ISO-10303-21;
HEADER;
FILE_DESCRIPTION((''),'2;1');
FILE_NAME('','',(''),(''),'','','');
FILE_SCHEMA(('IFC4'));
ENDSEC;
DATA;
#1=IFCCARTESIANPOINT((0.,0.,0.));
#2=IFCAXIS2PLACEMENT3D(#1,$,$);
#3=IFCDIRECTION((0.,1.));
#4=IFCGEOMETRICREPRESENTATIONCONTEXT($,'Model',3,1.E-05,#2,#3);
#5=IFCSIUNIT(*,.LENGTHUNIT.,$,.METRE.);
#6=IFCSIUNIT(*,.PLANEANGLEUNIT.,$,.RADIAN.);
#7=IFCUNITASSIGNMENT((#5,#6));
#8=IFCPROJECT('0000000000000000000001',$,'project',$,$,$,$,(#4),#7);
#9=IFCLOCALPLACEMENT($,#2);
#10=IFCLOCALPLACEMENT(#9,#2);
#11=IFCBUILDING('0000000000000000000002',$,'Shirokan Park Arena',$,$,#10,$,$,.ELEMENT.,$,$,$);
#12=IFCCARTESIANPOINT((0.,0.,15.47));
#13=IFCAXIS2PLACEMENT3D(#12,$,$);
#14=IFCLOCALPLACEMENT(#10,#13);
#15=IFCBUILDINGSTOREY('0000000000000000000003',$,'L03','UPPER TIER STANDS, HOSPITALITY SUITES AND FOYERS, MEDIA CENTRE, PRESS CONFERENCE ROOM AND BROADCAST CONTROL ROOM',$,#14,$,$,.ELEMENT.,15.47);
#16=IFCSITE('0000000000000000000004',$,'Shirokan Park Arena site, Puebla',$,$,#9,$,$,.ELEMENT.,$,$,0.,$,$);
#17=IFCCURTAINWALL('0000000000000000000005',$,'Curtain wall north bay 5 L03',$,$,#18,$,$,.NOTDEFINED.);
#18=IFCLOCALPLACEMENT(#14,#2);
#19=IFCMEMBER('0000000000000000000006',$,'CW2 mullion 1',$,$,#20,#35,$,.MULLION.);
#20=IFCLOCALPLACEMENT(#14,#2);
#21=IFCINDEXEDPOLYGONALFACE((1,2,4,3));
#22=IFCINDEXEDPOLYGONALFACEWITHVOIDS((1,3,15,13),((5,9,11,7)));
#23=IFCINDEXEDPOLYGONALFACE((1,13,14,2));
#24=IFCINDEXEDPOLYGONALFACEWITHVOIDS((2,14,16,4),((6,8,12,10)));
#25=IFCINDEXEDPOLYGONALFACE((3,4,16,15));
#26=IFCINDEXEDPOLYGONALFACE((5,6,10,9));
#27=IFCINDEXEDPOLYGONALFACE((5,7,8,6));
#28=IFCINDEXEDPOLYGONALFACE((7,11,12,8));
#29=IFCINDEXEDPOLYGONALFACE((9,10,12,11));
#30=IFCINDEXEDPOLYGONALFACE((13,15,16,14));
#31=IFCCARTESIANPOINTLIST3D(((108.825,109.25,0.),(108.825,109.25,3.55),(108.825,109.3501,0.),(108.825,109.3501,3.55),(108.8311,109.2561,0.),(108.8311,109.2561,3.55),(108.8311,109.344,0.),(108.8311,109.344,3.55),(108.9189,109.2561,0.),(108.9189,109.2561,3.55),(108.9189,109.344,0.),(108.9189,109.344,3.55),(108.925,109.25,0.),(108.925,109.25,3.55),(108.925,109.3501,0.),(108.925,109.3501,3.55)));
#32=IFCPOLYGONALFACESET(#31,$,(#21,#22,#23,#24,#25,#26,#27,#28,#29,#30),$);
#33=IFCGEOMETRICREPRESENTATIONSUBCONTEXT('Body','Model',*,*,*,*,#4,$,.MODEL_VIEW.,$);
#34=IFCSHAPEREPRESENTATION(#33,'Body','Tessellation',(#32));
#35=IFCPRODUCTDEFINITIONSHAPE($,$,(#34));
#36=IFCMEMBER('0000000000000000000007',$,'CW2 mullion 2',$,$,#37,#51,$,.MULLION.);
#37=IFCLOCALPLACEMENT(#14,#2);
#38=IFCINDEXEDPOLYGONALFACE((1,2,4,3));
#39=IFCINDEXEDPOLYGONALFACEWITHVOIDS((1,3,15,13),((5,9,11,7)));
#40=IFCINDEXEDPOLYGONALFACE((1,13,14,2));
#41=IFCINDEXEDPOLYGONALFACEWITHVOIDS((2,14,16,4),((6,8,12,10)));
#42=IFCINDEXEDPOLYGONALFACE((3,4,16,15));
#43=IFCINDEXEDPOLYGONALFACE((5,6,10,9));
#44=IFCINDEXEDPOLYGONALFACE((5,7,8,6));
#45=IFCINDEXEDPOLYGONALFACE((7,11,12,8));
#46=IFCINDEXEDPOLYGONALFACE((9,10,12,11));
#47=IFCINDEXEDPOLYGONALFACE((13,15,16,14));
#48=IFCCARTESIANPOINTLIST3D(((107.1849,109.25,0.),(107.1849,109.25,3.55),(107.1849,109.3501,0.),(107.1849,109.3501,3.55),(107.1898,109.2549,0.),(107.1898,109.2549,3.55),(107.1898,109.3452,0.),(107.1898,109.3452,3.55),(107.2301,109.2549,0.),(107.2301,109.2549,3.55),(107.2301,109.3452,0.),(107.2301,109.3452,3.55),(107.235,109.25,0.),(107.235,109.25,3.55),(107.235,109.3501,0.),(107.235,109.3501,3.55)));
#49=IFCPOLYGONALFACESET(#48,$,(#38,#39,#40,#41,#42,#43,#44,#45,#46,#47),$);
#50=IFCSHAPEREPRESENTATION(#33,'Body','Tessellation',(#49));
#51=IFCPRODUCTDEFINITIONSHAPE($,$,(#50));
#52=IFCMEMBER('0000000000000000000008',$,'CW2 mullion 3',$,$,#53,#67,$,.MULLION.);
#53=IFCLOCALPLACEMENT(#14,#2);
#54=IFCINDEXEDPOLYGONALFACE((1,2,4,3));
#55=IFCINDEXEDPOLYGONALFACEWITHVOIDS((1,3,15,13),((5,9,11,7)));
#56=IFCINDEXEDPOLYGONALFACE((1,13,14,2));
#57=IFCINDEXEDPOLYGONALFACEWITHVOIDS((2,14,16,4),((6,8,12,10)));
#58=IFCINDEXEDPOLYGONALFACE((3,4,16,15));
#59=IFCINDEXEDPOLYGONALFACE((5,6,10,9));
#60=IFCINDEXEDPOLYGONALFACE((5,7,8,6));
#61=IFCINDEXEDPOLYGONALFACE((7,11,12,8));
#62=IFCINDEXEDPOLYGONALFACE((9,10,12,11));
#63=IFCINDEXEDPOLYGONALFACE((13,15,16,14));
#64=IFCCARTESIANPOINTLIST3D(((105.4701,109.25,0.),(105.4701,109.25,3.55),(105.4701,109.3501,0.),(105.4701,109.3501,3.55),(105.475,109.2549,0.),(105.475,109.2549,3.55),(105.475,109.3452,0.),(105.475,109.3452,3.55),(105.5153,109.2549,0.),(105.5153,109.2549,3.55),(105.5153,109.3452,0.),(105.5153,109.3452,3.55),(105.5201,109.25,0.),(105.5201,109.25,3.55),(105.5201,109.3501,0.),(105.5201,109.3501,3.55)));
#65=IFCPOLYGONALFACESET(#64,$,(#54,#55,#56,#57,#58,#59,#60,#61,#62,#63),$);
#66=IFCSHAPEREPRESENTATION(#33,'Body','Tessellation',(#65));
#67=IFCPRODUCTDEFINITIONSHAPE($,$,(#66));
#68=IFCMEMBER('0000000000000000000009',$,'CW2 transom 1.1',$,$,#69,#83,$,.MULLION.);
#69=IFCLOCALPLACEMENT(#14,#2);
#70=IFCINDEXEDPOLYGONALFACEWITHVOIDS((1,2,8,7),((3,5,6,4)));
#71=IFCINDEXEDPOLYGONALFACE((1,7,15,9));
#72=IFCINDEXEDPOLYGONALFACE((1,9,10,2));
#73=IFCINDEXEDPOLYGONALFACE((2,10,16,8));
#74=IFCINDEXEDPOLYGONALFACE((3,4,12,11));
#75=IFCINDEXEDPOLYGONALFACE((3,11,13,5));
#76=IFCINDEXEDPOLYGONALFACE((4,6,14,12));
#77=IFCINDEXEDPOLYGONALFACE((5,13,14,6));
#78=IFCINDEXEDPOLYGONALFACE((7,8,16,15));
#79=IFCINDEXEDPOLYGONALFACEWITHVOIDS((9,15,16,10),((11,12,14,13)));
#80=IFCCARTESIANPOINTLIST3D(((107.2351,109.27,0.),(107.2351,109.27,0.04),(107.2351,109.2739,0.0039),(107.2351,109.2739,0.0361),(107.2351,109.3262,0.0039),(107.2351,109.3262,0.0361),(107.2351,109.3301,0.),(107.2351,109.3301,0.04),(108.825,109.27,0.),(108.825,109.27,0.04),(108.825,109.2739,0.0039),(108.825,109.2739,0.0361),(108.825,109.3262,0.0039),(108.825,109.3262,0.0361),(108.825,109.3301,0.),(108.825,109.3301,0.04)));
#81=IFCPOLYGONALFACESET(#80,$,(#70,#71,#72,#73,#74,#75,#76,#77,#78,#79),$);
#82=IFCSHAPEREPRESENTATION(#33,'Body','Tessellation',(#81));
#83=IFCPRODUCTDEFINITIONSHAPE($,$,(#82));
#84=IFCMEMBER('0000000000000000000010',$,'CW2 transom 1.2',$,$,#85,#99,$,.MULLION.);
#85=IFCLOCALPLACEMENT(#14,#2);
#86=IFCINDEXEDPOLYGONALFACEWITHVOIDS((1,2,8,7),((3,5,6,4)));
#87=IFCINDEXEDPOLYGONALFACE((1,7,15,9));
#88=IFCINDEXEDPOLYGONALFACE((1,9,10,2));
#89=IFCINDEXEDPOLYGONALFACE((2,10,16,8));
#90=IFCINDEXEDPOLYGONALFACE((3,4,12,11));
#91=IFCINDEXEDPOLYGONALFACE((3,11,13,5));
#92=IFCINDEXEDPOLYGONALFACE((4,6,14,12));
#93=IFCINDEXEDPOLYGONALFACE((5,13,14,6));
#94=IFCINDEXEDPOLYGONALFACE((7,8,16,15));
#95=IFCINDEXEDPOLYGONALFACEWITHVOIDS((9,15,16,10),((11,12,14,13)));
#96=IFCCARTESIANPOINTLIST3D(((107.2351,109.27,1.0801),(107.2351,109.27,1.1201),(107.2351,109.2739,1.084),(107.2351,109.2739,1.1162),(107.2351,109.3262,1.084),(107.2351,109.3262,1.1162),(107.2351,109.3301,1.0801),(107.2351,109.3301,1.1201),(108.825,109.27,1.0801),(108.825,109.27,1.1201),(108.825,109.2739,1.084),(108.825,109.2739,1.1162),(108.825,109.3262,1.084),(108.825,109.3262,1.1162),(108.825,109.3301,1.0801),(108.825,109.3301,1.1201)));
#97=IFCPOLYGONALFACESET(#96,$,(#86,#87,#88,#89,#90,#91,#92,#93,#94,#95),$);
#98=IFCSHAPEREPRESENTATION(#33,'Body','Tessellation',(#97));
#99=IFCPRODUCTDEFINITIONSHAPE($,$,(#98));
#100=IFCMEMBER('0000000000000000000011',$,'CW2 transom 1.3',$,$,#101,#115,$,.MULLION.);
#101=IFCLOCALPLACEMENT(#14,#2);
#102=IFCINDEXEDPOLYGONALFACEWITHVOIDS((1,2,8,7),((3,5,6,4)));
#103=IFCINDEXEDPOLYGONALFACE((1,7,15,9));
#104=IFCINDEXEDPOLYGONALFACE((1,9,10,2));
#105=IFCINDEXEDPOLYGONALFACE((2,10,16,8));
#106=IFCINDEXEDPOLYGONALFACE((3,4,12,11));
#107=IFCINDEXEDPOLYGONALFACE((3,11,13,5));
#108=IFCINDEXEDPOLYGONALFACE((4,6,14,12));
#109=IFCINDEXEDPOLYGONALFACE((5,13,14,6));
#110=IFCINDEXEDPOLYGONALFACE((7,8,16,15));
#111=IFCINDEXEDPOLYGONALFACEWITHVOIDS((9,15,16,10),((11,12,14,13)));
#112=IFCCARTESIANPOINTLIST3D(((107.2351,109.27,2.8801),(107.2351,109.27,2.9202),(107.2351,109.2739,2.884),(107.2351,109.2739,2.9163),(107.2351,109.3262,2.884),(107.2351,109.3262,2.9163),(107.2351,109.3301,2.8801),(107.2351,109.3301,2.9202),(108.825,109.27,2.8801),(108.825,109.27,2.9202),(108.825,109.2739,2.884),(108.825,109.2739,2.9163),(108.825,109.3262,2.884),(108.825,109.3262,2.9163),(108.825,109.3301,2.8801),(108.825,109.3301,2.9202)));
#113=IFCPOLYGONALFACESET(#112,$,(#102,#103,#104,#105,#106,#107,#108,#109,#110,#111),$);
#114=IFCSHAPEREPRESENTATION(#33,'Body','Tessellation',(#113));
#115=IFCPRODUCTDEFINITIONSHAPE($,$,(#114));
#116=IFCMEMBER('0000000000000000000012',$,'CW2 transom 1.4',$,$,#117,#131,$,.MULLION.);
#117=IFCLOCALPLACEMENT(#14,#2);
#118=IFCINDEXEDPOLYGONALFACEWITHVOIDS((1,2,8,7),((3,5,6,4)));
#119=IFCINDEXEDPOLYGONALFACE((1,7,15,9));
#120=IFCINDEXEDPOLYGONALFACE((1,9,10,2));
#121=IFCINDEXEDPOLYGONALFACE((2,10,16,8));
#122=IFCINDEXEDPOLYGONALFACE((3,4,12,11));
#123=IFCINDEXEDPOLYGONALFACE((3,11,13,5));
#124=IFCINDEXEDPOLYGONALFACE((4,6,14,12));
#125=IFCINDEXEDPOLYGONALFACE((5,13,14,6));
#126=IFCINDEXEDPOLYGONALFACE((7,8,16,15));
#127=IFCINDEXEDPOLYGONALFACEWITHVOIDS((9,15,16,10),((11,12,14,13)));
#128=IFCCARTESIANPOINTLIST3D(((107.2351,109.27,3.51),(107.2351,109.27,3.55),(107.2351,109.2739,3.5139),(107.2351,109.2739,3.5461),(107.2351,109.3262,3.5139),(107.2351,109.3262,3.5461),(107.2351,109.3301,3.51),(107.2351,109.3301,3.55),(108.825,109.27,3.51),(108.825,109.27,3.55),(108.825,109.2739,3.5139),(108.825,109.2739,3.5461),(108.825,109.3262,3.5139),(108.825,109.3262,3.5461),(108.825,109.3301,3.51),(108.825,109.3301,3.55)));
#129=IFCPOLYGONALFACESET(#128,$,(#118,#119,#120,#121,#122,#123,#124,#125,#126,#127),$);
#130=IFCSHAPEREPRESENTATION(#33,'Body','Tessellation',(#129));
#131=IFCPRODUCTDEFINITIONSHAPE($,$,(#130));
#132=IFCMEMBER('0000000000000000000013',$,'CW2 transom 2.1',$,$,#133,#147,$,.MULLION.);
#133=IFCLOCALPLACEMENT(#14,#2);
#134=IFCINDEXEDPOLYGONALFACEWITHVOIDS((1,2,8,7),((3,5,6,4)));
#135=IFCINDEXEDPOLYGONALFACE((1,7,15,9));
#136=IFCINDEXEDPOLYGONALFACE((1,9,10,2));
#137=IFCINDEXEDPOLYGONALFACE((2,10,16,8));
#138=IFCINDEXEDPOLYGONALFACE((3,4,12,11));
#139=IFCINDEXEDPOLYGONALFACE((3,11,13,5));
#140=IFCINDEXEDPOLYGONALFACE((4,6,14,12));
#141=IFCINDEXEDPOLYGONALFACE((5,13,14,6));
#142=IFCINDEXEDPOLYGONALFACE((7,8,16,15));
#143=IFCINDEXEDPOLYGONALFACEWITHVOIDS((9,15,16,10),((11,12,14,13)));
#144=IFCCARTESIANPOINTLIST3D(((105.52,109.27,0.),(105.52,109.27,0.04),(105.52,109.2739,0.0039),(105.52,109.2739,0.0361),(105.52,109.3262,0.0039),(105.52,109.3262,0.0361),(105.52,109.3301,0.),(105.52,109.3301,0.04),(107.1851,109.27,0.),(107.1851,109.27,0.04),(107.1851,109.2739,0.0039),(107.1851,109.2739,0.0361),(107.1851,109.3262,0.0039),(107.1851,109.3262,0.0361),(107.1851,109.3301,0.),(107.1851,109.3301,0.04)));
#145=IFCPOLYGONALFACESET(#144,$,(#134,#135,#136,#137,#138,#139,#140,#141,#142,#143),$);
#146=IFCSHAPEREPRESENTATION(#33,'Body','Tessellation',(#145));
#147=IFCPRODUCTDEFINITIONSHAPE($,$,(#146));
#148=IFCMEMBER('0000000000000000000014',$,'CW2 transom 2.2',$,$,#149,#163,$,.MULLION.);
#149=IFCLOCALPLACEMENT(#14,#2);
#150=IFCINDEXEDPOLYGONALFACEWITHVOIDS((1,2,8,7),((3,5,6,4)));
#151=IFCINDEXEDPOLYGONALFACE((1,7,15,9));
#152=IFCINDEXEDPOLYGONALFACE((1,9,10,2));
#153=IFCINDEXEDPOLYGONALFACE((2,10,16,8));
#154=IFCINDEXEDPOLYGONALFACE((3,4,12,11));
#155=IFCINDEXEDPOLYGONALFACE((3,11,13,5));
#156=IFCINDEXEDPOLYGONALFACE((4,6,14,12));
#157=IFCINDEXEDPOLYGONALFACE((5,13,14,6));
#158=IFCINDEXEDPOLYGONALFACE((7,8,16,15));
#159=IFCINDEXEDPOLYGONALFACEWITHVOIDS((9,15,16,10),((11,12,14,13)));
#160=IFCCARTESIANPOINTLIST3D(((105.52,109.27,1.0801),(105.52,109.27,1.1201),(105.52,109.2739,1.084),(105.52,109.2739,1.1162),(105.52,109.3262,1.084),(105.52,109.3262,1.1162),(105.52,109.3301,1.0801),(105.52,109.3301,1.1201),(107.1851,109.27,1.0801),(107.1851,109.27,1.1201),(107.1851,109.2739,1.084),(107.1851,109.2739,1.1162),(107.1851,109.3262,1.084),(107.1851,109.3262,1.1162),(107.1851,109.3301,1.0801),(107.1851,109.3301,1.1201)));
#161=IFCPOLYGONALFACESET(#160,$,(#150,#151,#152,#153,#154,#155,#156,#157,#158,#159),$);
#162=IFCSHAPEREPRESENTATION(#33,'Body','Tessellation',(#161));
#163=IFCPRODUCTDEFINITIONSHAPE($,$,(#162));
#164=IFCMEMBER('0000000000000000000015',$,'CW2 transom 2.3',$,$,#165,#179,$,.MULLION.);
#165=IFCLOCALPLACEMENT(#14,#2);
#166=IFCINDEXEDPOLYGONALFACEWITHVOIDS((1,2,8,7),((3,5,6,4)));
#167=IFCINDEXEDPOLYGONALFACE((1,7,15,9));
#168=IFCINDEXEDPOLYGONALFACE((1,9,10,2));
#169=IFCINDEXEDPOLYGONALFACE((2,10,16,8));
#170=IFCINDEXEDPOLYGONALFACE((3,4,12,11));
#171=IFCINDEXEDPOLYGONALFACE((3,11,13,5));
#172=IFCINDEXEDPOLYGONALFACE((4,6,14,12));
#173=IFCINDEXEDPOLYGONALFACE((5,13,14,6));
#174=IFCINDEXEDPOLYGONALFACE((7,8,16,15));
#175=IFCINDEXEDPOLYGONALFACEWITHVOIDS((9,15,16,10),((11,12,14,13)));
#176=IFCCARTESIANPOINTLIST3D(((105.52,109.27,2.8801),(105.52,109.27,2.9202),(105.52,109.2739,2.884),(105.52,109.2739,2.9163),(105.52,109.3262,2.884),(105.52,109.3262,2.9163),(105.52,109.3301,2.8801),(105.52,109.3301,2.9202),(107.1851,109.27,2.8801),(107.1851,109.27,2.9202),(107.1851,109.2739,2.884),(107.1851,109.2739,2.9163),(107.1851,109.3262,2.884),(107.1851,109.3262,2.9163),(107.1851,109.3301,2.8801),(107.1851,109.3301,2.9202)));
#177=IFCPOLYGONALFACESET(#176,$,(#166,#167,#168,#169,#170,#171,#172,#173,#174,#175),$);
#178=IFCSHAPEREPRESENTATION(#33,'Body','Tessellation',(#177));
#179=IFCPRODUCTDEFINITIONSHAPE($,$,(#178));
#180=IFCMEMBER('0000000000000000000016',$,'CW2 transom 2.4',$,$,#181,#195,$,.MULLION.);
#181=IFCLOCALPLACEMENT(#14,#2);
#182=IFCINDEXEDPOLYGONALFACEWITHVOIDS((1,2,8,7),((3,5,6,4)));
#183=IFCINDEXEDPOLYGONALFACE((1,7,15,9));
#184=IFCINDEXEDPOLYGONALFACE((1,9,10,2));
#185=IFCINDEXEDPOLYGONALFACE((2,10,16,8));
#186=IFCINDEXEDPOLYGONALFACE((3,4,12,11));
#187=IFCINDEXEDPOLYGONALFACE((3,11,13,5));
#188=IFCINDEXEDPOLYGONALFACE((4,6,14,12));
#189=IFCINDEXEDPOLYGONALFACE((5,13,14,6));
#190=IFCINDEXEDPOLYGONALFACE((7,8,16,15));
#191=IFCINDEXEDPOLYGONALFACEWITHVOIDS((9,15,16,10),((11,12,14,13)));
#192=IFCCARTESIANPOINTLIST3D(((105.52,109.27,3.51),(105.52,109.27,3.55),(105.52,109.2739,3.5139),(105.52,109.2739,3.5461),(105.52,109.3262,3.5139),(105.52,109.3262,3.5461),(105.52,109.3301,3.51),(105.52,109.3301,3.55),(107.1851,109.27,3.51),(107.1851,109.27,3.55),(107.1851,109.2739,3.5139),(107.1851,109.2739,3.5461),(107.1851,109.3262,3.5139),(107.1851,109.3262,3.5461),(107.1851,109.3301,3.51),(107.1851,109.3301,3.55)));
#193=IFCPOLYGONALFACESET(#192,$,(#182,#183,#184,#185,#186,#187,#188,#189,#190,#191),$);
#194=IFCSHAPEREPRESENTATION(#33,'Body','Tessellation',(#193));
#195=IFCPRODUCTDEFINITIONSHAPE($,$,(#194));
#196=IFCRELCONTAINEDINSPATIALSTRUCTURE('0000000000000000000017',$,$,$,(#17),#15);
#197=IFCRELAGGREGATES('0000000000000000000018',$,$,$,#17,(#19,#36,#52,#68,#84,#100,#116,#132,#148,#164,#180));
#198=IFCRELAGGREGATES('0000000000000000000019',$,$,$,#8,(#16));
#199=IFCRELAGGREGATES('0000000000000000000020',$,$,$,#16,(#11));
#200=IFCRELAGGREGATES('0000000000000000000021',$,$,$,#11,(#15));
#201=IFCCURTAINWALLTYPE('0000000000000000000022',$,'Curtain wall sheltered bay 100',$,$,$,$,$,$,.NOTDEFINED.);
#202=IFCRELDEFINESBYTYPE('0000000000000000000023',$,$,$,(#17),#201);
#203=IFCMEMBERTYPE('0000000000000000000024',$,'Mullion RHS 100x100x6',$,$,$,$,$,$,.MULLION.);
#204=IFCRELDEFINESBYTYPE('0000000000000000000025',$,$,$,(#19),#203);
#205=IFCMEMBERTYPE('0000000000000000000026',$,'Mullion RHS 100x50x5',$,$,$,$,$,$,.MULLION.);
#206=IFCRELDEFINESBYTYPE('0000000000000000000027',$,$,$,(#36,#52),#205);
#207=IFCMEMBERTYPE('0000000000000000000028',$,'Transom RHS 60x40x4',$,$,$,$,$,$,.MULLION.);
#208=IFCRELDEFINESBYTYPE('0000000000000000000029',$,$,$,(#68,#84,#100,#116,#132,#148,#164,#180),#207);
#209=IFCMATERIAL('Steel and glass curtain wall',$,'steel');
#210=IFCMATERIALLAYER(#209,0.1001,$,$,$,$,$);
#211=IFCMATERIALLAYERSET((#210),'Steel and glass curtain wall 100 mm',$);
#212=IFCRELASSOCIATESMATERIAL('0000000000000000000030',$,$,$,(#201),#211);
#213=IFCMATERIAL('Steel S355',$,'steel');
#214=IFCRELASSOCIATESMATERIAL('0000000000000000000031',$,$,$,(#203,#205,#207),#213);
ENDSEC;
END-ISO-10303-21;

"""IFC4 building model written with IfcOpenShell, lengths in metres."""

from ifc_helpers import new_model, si_unit, direction, frame, origin, origin_2d, place, context, subcontext, project, spatial, hollow_rectangle, extrude, material, layer, layer_set, material_profile, profile_set, type_object, element, aggregate, save


model = new_model("IFC4")

# Units and contexts
model_context = context("Model", 3, precision=1e-05, world=origin(), true_north=direction((0.0, 1.0)))
body_context = subcontext(model_context, "Body", "Model", "MODEL_VIEW")
ifc_project = project(units=[si_unit("LENGTHUNIT", "METRE"), si_unit("PLANEANGLEUNIT", "RADIAN")], contexts=[model_context])

# Site, building, storey
site_placement = place(None, origin())
site = spatial("IfcSite", under=ifc_project, at=site_placement, Name="Shirokan Park Arena site, Puebla", CompositionType="ELEMENT", RefElevation=0.0)
building_placement = place(site_placement, origin())
building = spatial("IfcBuilding", under=site, at=building_placement, Name="Shirokan Park Arena", CompositionType="ELEMENT")
storey_placement = place(building_placement, frame((0.0, 0.0, 15.47)))
storey = spatial("IfcBuildingStorey", under=building, at=storey_placement, Name="L03", Description="UPPER TIER STANDS, HOSPITALITY SUITES AND FOYERS, MEDIA CENTRE, PRESS CONFERENCE ROOM AND BROADCAST CONTROL ROOM", CompositionType="ELEMENT", Elevation=15.47)

# Curtain wall, members
ifc_material_1 = material(Name="Steel and glass curtain wall", Category="steel")
ifc_layer_1 = layer(ifc_material_1, 0.1001)
ifc_layer_set_1 = layer_set([ifc_layer_1], Name="Steel and glass curtain wall 100 mm")
curtain_wall_type = type_object("IfcCurtainWallType", Name="Curtain wall sheltered bay 100", PredefinedType="NOTDEFINED", material=ifc_layer_set_1)
curtain_wall_placement = place(storey_placement, origin())
curtain_wall = element("IfcCurtainWall", 1, at=curtain_wall_placement, inside=storey, type_object=curtain_wall_type, Name="Curtain wall north bay 5 L03", PredefinedType="NOTDEFINED")
ifc_material_2 = material(Name="Steel S355", Category="steel")
ifc_material_profile_1 = material_profile(ifc_material_2, hollow_rectangle(XDim=0.1001, YDim=0.1001, WallThickness=0.0061, at=origin_2d()), Name="RHS 100x100x6")
ifc_profile_set_1 = profile_set([ifc_material_profile_1], Name="Steel S355")
member_type_1 = type_object("IfcMemberType", Name="Mullion RHS 100x100x6", PredefinedType="MULLION", material=ifc_profile_set_1)
member_1_placement = place(storey_placement, frame((108.875, 109.3, 0.0), z_axis=(0.0, 0.0, 1.0), x_axis=(0.0, -1.0, 0.0)))
member_1 = element("IfcMember", 2, at=member_1_placement, type_object=member_type_1, Name="CW2 mullion 1", PredefinedType="MULLION", context=body_context, shape_type="SweptSolid", body=[
    extrude(hollow_rectangle(XDim=0.1001, YDim=0.1001, WallThickness=0.0061, at=origin_2d()), origin(), (0.0, 0.0, 1.0), 3.55),
])
ifc_material_profile_2 = material_profile(ifc_material_2, hollow_rectangle(XDim=0.1001, YDim=0.05, WallThickness=0.0049, at=origin_2d()), Name="RHS 100x50x5")
ifc_profile_set_2 = profile_set([ifc_material_profile_2], Name="Steel S355")
member_type_2 = type_object("IfcMemberType", Name="Mullion RHS 100x50x5", PredefinedType="MULLION", material=ifc_profile_set_2)
member_2_placement = place(storey_placement, frame((107.21, 109.3, 0.0), z_axis=(0.0, 0.0, 1.0), x_axis=(0.0, -1.0, 0.0)))
member_2 = element("IfcMember", 3, at=member_2_placement, type_object=member_type_2, Name="CW2 mullion 2", PredefinedType="MULLION", context=body_context, shape_type="SweptSolid", body=[
    extrude(hollow_rectangle(XDim=0.1001, YDim=0.05, WallThickness=0.0049, at=origin_2d()), origin(), (0.0, 0.0, 1.0), 3.55),
])
member_3_placement = place(storey_placement, frame((105.4951, 109.3, 0.0), z_axis=(0.0, 0.0, 1.0), x_axis=(0.0, -1.0, 0.0)))
member_3 = element("IfcMember", 4, at=member_3_placement, type_object=member_type_2, Name="CW2 mullion 3", PredefinedType="MULLION", context=body_context, shape_type="SweptSolid", body=[
    extrude(hollow_rectangle(XDim=0.1001, YDim=0.05, WallThickness=0.0049, at=origin_2d()), origin(), (0.0, 0.0, 1.0), 3.55),
])
ifc_material_profile_3 = material_profile(ifc_material_2, hollow_rectangle(XDim=0.0601, YDim=0.04, WallThickness=0.0039, at=origin_2d()), Name="RHS 60x40x4")
ifc_profile_set_3 = profile_set([ifc_material_profile_3], Name="Steel S355")
member_type_3 = type_object("IfcMemberType", Name="Transom RHS 60x40x4", PredefinedType="MULLION", material=ifc_profile_set_3)
member_4_placement = place(storey_placement, frame((108.825, 109.3, 0.02), z_axis=(-1.0, 0.0, 0.0), x_axis=(0.0, -1.0, 0.0)))
member_4 = element("IfcMember", 5, at=member_4_placement, type_object=member_type_3, Name="CW2 transom 1.1", PredefinedType="MULLION", context=body_context, shape_type="SweptSolid", body=[
    extrude(hollow_rectangle(XDim=0.0601, YDim=0.04, WallThickness=0.0039, at=origin_2d()), origin(), (0.0, 0.0, 1.0), 1.5898),
])
member_5_placement = place(storey_placement, frame((108.825, 109.3, 1.1001), z_axis=(-1.0, 0.0, 0.0), x_axis=(0.0, -1.0, 0.0)))
member_5 = element("IfcMember", 6, at=member_5_placement, type_object=member_type_3, Name="CW2 transom 1.2", PredefinedType="MULLION", context=body_context, shape_type="SweptSolid", body=[
    extrude(hollow_rectangle(XDim=0.0601, YDim=0.04, WallThickness=0.0039, at=origin_2d()), origin(), (0.0, 0.0, 1.0), 1.5898),
])
member_6_placement = place(storey_placement, frame((108.825, 109.3, 2.9001), z_axis=(-1.0, 0.0, 0.0), x_axis=(0.0, -1.0, 0.0)))
member_6 = element("IfcMember", 7, at=member_6_placement, type_object=member_type_3, Name="CW2 transom 1.3", PredefinedType="MULLION", context=body_context, shape_type="SweptSolid", body=[
    extrude(hollow_rectangle(XDim=0.0601, YDim=0.04, WallThickness=0.0039, at=origin_2d()), origin(), (0.0, 0.0, 1.0), 1.5898),
])
member_7_placement = place(storey_placement, frame((108.825, 109.3, 3.53), z_axis=(-1.0, 0.0, 0.0), x_axis=(0.0, -1.0, 0.0)))
member_7 = element("IfcMember", 8, at=member_7_placement, type_object=member_type_3, Name="CW2 transom 1.4", PredefinedType="MULLION", context=body_context, shape_type="SweptSolid", body=[
    extrude(hollow_rectangle(XDim=0.0601, YDim=0.04, WallThickness=0.0039, at=origin_2d()), origin(), (0.0, 0.0, 1.0), 1.5898),
])
member_8_placement = place(storey_placement, frame((107.1851, 109.3, 0.02), z_axis=(-1.0, 0.0, 0.0), x_axis=(0.0, -1.0, 0.0)))
member_8 = element("IfcMember", 9, at=member_8_placement, type_object=member_type_3, Name="CW2 transom 2.1", PredefinedType="MULLION", context=body_context, shape_type="SweptSolid", body=[
    extrude(hollow_rectangle(XDim=0.0601, YDim=0.04, WallThickness=0.0039, at=origin_2d()), origin(), (0.0, 0.0, 1.0), 1.665),
])
member_9_placement = place(storey_placement, frame((107.1851, 109.3, 1.1001), z_axis=(-1.0, 0.0, 0.0), x_axis=(0.0, -1.0, 0.0)))
member_9 = element("IfcMember", 10, at=member_9_placement, type_object=member_type_3, Name="CW2 transom 2.2", PredefinedType="MULLION", context=body_context, shape_type="SweptSolid", body=[
    extrude(hollow_rectangle(XDim=0.0601, YDim=0.04, WallThickness=0.0039, at=origin_2d()), origin(), (0.0, 0.0, 1.0), 1.665),
])
member_10_placement = place(storey_placement, frame((107.1851, 109.3, 2.9001), z_axis=(-1.0, 0.0, 0.0), x_axis=(0.0, -1.0, 0.0)))
member_10 = element("IfcMember", 11, at=member_10_placement, type_object=member_type_3, Name="CW2 transom 2.3", PredefinedType="MULLION", context=body_context, shape_type="SweptSolid", body=[
    extrude(hollow_rectangle(XDim=0.0601, YDim=0.04, WallThickness=0.0039, at=origin_2d()), origin(), (0.0, 0.0, 1.0), 1.665),
])
member_11_placement = place(storey_placement, frame((107.1851, 109.3, 3.53), z_axis=(-1.0, 0.0, 0.0), x_axis=(0.0, -1.0, 0.0)))
member_11 = element("IfcMember", 12, at=member_11_placement, type_object=member_type_3, Name="CW2 transom 2.4", PredefinedType="MULLION", context=body_context, shape_type="SweptSolid", body=[
    extrude(hollow_rectangle(XDim=0.0601, YDim=0.04, WallThickness=0.0039, at=origin_2d()), origin(), (0.0, 0.0, 1.0), 1.665),
])
aggregate(curtain_wall, [member_1, member_2, member_3, member_4, member_5, member_6, member_7, member_8, member_9, member_10, member_11])

save(model, "model.ifc")
